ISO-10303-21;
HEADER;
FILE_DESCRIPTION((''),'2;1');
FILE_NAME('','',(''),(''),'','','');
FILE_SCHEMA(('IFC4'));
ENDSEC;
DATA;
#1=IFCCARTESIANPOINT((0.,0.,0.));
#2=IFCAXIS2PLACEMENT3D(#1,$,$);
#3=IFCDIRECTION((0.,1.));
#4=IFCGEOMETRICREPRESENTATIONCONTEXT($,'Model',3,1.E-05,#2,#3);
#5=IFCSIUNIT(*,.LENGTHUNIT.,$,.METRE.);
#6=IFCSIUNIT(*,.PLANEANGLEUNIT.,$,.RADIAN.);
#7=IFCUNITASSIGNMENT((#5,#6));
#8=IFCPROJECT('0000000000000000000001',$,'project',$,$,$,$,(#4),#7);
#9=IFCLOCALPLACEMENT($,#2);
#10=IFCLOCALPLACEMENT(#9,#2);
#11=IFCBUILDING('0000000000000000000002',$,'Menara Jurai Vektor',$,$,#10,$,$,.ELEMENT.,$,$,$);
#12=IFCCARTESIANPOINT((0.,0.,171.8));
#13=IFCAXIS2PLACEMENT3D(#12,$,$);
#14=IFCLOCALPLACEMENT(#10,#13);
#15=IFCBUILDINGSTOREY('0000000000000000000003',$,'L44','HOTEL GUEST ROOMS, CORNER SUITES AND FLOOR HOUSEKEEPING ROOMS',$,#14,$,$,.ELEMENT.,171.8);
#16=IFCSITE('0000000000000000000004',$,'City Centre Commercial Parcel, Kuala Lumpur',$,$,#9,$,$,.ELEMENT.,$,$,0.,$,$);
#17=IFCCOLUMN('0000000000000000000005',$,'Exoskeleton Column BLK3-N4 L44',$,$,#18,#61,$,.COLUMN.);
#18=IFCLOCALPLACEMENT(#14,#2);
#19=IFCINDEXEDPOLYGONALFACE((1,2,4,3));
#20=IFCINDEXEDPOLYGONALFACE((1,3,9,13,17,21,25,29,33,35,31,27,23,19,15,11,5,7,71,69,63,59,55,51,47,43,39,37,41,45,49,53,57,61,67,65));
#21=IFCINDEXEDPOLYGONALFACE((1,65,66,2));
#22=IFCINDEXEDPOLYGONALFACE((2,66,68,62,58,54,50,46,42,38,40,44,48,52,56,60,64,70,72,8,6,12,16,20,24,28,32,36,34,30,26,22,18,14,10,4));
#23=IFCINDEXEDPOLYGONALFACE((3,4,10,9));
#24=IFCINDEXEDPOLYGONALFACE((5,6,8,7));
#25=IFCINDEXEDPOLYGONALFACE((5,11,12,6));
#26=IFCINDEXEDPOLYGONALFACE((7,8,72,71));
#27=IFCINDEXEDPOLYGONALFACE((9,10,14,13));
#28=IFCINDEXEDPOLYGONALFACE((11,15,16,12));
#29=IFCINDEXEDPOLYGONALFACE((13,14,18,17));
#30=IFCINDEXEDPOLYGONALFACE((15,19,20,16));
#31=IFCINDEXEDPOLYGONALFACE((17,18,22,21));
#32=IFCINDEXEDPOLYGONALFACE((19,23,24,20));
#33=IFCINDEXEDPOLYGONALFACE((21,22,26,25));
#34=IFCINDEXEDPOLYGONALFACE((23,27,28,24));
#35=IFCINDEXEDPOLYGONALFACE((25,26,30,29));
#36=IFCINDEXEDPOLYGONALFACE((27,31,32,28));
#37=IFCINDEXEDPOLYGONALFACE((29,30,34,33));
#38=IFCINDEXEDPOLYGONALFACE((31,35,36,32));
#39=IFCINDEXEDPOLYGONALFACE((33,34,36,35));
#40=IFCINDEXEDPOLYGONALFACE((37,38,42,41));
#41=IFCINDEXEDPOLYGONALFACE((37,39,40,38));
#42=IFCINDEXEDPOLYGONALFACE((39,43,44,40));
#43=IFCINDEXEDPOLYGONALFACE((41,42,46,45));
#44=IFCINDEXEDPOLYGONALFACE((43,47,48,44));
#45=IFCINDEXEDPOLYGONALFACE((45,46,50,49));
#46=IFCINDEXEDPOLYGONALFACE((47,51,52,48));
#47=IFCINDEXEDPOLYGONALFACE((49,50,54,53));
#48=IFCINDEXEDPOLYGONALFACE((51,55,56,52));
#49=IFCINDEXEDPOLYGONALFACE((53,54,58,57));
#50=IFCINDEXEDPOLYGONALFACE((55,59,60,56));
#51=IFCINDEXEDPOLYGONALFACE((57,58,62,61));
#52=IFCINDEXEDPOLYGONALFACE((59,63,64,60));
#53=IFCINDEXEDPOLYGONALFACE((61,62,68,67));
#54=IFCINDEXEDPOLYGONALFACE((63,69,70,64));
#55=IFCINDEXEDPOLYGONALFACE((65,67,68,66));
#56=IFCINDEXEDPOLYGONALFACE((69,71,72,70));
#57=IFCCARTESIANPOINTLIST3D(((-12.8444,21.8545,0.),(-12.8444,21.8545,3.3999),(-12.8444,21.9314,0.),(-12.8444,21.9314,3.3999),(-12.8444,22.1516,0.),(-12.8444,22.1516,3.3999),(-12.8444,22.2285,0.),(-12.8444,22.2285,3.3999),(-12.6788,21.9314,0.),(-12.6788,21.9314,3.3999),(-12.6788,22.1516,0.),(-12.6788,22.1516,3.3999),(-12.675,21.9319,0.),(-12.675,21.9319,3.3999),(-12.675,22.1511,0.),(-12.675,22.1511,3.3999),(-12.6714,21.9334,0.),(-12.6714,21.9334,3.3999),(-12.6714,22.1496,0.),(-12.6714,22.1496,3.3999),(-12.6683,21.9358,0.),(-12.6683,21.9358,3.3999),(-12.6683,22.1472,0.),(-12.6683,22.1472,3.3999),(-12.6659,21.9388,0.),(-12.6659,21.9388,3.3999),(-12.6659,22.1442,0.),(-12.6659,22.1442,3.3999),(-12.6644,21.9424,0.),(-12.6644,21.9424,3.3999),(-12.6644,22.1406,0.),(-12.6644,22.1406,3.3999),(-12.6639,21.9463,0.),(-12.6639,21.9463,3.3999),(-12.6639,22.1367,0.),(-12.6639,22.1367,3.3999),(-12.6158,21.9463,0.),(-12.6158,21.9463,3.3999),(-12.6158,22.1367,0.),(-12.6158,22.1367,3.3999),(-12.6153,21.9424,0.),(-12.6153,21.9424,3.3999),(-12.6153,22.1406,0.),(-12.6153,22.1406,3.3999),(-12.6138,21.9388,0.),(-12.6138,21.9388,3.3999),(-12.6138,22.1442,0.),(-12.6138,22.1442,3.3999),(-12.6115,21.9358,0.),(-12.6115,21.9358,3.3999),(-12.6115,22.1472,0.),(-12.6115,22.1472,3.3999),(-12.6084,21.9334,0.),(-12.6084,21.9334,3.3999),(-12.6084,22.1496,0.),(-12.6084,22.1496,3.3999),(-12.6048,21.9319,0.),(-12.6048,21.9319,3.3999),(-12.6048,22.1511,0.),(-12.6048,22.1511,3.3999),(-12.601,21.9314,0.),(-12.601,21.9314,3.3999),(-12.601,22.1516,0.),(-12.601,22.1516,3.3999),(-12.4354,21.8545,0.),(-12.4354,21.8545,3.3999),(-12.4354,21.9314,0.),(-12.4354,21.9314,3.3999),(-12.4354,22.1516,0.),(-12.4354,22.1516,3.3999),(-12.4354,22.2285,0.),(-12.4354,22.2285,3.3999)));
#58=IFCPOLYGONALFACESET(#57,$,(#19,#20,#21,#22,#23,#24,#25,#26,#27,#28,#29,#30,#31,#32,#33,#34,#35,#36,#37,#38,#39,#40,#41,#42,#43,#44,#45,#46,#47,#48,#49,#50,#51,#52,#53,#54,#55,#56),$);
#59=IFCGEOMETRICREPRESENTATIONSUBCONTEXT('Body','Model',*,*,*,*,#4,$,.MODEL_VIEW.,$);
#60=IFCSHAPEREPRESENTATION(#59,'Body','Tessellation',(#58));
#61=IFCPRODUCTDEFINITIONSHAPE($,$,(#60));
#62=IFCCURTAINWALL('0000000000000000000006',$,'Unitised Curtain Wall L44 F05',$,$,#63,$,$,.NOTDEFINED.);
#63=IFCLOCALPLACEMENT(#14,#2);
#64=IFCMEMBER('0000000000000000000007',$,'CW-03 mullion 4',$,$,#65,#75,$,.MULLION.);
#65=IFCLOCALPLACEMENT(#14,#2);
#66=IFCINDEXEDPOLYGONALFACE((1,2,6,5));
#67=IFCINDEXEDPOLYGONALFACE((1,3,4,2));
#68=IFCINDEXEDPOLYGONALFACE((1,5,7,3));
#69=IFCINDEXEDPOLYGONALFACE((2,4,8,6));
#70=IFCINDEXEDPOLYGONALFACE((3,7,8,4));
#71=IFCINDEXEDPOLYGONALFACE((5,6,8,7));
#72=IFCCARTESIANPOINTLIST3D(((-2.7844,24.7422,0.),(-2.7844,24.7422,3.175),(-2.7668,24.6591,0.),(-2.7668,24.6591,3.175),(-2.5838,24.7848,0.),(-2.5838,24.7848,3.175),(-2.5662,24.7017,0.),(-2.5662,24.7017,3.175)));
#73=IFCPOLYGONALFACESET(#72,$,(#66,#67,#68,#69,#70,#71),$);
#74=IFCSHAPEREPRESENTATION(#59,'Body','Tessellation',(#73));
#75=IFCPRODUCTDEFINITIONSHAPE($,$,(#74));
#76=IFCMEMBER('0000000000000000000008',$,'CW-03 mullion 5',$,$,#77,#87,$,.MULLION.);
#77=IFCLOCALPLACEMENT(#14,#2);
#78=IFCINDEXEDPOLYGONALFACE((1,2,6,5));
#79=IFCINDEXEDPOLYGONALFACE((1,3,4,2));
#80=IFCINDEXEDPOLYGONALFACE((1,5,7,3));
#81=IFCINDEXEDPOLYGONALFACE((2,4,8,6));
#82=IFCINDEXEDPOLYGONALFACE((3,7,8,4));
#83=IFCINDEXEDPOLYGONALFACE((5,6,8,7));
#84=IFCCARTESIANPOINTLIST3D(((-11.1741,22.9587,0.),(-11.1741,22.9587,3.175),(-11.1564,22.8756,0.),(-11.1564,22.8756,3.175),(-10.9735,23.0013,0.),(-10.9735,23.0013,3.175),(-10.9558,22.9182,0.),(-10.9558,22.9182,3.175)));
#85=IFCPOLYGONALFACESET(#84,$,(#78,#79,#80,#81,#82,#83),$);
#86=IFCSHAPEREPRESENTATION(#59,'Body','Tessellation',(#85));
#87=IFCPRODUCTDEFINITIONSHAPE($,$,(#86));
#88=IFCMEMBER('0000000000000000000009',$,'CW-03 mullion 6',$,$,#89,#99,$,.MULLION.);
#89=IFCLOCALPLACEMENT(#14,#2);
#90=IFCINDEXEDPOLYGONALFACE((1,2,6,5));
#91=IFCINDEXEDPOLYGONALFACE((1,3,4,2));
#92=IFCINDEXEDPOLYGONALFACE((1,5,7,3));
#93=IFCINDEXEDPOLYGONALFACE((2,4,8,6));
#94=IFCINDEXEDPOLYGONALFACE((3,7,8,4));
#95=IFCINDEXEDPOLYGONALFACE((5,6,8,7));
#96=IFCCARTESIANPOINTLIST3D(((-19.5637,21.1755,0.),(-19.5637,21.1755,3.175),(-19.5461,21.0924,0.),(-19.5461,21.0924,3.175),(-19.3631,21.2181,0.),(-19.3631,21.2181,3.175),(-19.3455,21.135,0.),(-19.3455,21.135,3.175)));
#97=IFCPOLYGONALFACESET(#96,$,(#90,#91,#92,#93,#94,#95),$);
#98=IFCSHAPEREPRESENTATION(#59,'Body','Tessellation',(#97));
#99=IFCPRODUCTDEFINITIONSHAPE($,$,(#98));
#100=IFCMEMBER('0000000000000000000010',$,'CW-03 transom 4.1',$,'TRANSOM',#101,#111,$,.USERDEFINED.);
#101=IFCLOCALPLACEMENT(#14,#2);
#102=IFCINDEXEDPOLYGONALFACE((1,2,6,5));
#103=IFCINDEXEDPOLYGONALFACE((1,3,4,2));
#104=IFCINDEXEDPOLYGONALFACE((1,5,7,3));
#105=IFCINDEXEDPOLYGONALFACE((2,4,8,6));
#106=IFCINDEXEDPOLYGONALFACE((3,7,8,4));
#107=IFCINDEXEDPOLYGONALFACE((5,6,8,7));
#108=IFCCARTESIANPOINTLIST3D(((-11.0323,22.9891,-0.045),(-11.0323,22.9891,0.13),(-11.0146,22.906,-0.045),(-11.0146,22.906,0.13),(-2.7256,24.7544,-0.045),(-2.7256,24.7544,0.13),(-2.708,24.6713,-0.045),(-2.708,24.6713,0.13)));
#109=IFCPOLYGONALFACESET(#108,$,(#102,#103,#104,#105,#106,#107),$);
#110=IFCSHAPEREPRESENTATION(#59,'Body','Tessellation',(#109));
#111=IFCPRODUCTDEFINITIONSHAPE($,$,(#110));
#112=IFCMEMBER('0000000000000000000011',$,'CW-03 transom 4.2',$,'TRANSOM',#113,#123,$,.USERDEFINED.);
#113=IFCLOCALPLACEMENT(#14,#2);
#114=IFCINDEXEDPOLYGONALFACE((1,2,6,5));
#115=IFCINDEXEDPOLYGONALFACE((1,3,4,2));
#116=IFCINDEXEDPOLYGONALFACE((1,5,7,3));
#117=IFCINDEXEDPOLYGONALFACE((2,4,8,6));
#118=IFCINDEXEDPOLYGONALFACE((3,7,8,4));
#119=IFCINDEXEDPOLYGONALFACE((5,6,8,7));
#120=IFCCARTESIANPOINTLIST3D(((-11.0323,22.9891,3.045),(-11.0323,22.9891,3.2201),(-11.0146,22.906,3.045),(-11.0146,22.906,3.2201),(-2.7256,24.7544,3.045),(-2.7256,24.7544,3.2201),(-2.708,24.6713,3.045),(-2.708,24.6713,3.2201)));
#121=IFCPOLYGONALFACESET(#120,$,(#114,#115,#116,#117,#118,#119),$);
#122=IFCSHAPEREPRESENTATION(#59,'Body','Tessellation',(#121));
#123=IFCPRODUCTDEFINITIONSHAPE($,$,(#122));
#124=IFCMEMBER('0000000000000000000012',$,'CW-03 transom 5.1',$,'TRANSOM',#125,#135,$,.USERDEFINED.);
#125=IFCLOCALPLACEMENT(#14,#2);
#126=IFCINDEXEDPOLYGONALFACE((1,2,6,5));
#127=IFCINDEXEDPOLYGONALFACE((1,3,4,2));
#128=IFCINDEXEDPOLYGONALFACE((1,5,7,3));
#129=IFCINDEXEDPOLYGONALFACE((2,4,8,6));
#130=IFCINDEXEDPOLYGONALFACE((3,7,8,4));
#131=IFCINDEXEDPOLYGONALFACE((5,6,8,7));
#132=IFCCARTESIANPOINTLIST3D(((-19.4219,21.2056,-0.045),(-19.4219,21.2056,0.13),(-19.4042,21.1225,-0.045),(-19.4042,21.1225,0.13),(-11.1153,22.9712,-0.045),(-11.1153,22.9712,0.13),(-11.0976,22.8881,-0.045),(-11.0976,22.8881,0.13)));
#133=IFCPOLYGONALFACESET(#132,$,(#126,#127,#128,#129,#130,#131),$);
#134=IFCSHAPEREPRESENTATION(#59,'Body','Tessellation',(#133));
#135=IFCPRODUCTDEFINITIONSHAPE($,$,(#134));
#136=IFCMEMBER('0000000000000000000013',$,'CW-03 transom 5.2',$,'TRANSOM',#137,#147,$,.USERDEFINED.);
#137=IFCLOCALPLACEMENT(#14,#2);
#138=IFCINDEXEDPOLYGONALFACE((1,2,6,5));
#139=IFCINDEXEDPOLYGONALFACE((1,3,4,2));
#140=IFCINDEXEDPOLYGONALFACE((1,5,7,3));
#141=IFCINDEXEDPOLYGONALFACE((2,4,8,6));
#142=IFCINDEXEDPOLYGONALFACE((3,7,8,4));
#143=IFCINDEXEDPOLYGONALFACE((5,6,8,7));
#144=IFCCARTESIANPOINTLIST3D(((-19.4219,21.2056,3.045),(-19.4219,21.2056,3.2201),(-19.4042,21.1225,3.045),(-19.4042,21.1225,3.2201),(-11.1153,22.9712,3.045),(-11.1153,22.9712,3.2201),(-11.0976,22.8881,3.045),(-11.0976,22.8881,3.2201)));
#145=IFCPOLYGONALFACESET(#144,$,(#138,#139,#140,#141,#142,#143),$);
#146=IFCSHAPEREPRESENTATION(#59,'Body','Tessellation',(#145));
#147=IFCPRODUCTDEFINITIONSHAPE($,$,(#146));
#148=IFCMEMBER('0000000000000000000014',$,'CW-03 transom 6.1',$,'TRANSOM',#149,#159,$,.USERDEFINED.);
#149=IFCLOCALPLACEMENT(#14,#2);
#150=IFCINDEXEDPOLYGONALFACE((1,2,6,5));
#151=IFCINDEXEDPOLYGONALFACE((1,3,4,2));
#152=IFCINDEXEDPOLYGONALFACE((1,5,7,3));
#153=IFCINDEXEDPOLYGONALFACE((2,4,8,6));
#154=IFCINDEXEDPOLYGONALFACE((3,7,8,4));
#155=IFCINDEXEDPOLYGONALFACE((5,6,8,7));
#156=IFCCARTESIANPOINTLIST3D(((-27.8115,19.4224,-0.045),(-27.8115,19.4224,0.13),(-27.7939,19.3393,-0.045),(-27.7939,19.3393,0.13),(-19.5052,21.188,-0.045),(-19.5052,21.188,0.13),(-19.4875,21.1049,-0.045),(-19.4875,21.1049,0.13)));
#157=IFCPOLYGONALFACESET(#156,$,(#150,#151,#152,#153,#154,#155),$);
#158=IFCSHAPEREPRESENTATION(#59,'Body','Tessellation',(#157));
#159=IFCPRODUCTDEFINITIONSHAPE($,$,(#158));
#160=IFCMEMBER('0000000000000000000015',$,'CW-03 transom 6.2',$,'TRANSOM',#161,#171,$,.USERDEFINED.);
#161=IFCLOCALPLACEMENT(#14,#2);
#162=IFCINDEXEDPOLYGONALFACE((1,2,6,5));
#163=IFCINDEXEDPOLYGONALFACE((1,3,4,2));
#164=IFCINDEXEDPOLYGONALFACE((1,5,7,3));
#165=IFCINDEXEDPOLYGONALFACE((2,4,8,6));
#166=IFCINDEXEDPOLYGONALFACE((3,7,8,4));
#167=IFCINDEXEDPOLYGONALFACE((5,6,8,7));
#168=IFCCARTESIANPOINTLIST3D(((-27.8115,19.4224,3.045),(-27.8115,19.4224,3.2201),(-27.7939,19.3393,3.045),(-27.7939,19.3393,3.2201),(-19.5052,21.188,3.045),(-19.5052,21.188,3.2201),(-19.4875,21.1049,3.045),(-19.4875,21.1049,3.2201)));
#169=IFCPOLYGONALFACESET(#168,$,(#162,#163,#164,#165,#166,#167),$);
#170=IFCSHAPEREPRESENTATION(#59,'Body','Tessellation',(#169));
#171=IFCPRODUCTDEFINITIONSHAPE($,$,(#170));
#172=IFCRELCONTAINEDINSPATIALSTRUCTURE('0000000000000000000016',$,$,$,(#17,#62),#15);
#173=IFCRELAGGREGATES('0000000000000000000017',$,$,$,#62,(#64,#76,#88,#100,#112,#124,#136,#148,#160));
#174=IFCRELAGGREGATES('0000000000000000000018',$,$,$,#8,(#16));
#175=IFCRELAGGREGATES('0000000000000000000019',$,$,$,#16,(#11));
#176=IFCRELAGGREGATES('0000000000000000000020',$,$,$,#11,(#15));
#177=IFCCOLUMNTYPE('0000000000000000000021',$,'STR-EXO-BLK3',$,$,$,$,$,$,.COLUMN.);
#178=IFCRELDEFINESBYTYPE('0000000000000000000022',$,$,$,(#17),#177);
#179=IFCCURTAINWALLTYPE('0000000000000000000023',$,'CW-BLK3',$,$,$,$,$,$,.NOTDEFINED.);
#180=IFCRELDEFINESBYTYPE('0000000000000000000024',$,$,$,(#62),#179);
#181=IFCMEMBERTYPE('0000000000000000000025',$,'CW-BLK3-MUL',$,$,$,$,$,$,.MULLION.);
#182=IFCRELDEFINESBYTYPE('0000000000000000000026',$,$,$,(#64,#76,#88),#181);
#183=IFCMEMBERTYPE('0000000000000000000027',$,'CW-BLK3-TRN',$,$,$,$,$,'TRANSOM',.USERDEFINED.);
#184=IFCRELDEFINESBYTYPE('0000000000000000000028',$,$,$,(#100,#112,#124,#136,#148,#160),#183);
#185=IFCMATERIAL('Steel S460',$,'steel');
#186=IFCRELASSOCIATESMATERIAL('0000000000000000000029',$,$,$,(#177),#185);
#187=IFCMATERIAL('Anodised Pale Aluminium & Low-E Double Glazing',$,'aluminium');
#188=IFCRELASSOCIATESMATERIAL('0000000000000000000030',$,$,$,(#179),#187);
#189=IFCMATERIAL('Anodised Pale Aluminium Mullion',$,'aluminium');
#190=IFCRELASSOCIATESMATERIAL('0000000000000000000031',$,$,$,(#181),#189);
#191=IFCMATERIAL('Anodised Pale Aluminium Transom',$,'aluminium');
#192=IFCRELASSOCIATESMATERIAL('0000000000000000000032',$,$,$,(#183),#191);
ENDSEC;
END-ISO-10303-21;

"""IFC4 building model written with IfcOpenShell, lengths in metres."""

from ifc_helpers import new_model, si_unit, direction, frame, origin, origin_2d, place, context, subcontext, project, spatial, rectangle, i_section, extrude, material, material_profile, profile_set, type_object, element, aggregate, save


model = new_model("IFC4")

# Units and contexts
model_context = context("Model", 3, precision=1e-05, world=origin(), true_north=direction((0.0, 1.0)))
body_context = subcontext(model_context, "Body", "Model", "MODEL_VIEW")
ifc_project = project(units=[si_unit("LENGTHUNIT", "METRE"), si_unit("PLANEANGLEUNIT", "RADIAN")], contexts=[model_context])

# Site, building, storey
site_placement = place(None, origin())
site = spatial("IfcSite", under=ifc_project, at=site_placement, Name="City Centre Commercial Parcel, Kuala Lumpur", CompositionType="ELEMENT", RefElevation=0.0)
building_placement = place(site_placement, origin())
building = spatial("IfcBuilding", under=site, at=building_placement, Name="Menara Jurai Vektor", CompositionType="ELEMENT")
storey_placement = place(building_placement, frame((0.0, 0.0, 171.8)))
storey = spatial("IfcBuildingStorey", under=building, at=storey_placement, Name="L44", Description="HOTEL GUEST ROOMS, CORNER SUITES AND FLOOR HOUSEKEEPING ROOMS", CompositionType="ELEMENT", Elevation=171.8)

# Column
ifc_material_1 = material(Name="Steel S460", Category="steel")
ifc_material_profile_1 = material_profile(ifc_material_1, i_section(OverallWidth=0.4089, OverallDepth=0.374, WebThickness=0.0481, FlangeThickness=0.0769, FilletRadius=0.0149, at=origin_2d()), Name="HD 400x634")
ifc_profile_set_1 = profile_set([ifc_material_profile_1], Name="Steel S460")
column_type = type_object("IfcColumnType", Name="STR-EXO-BLK3", PredefinedType="COLUMN", material=ifc_profile_set_1)
column_placement = place(storey_placement, frame((-12.6399, 22.0415, 0.0), z_axis=(0.0, 0.0, 1.0), x_axis=(1.0, 0.0, 0.0)))
element("IfcColumn", 1, at=column_placement, inside=storey, type_object=column_type, Name="Exoskeleton Column BLK3-N4 L44", PredefinedType="COLUMN", context=body_context, shape_type="SweptSolid", body=[
    extrude(i_section(OverallWidth=0.4089, OverallDepth=0.374, WebThickness=0.0481, FlangeThickness=0.0769, FilletRadius=0.0149, at=origin_2d()), origin(), (0.0, 0.0, 1.0), 3.3999),
])

# Curtain wall, members
ifc_material_2 = material(Name="Anodised Pale Aluminium & Low-E Double Glazing", Category="aluminium")
curtain_wall_type = type_object("IfcCurtainWallType", Name="CW-BLK3", PredefinedType="NOTDEFINED", material=ifc_material_2)
curtain_wall_placement = place(storey_placement, origin())
curtain_wall = element("IfcCurtainWall", 2, at=curtain_wall_placement, inside=storey, type_object=curtain_wall_type, Name="Unitised Curtain Wall L44 F05", PredefinedType="NOTDEFINED")
ifc_material_3 = material(Name="Anodised Pale Aluminium Mullion", Category="aluminium")
ifc_material_profile_2 = material_profile(ifc_material_3, rectangle(XDim=0.085, YDim=0.2051, at=origin_2d()), Name="ALU MUL 85x205")
ifc_profile_set_2 = profile_set([ifc_material_profile_2], Name="Anodised Pale Aluminium Mullion")
member_type_1 = type_object("IfcMemberType", Name="CW-BLK3-MUL", PredefinedType="MULLION", material=ifc_profile_set_2)
member_1_placement = place(storey_placement, frame((-2.6753, 24.7219, 0.0), z_axis=(0.0, 0.0, 1.0), x_axis=(0.207911, -0.978148, 0.0)))
member_1 = element("IfcMember", 3, at=member_1_placement, type_object=member_type_1, Name="CW-03 mullion 4", PredefinedType="MULLION", context=body_context, shape_type="SweptSolid", body=[
    extrude(rectangle(XDim=0.085, YDim=0.2051, at=origin_2d()), origin(), (0.0, 0.0, 1.0), 3.175),
])
member_2_placement = place(storey_placement, frame((-11.0649, 22.9385, 0.0), z_axis=(0.0, 0.0, 1.0), x_axis=(0.207911, -0.978148, 0.0)))
member_2 = element("IfcMember", 4, at=member_2_placement, type_object=member_type_1, Name="CW-03 mullion 5", PredefinedType="MULLION", context=body_context, shape_type="SweptSolid", body=[
    extrude(rectangle(XDim=0.085, YDim=0.2051, at=origin_2d()), origin(), (0.0, 0.0, 1.0), 3.175),
])
member_3_placement = place(storey_placement, frame((-19.4546, 21.1553, 0.0), z_axis=(0.0, 0.0, 1.0), x_axis=(0.207911, -0.978148, 0.0)))
member_3 = element("IfcMember", 5, at=member_3_placement, type_object=member_type_1, Name="CW-03 mullion 6", PredefinedType="MULLION", context=body_context, shape_type="SweptSolid", body=[
    extrude(rectangle(XDim=0.085, YDim=0.2051, at=origin_2d()), origin(), (0.0, 0.0, 1.0), 3.175),
])
ifc_material_4 = material(Name="Anodised Pale Aluminium Transom", Category="aluminium")
ifc_material_profile_3 = material_profile(ifc_material_4, rectangle(XDim=0.085, YDim=0.175, at=origin_2d()), Name="ALU TRN 85x175")
ifc_profile_set_3 = profile_set([ifc_material_profile_3], Name="Anodised Pale Aluminium Transom")
member_type_2 = type_object("IfcMemberType", Name="CW-BLK3-TRN", ElementType="TRANSOM", PredefinedType="USERDEFINED", material=ifc_profile_set_3)
member_4_placement = place(storey_placement, frame((-2.7168, 24.7129, 0.0425), z_axis=(-0.978154, -0.207884, 0.0), x_axis=(0.207884, -0.978154, 0.0)))
member_4 = element("IfcMember", 6, at=member_4_placement, type_object=member_type_2, Name="CW-03 transom 4.1", ObjectType="TRANSOM", PredefinedType="USERDEFINED", context=body_context, shape_type="SweptSolid", body=[
    extrude(rectangle(XDim=0.085, YDim=0.175, at=origin_2d()), origin(), (0.0, 0.0, 1.0), 8.4922),
])
member_5_placement = place(storey_placement, frame((-2.7168, 24.7129, 3.1326), z_axis=(-0.978154, -0.207884, 0.0), x_axis=(0.207884, -0.978154, 0.0)))
member_5 = element("IfcMember", 7, at=member_5_placement, type_object=member_type_2, Name="CW-03 transom 4.2", ObjectType="TRANSOM", PredefinedType="USERDEFINED", context=body_context, shape_type="SweptSolid", body=[
    extrude(rectangle(XDim=0.085, YDim=0.175, at=origin_2d()), origin(), (0.0, 0.0, 1.0), 8.4922),
])
member_6_placement = place(storey_placement, frame((-11.1064, 22.9297, 0.0425), z_axis=(-0.978148, -0.207911, 0.0), x_axis=(0.207911, -0.978148, 0.0)))
member_6 = element("IfcMember", 8, at=member_6_placement, type_object=member_type_2, Name="CW-03 transom 5.1", ObjectType="TRANSOM", PredefinedType="USERDEFINED", context=body_context, shape_type="SweptSolid", body=[
    extrude(rectangle(XDim=0.085, YDim=0.175, at=origin_2d()), origin(), (0.0, 0.0, 1.0), 8.4922),
])
member_7_placement = place(storey_placement, frame((-11.1064, 22.9297, 3.1326), z_axis=(-0.978148, -0.207911, 0.0), x_axis=(0.207911, -0.978148, 0.0)))
member_7 = element("IfcMember", 9, at=member_7_placement, type_object=member_type_2, Name="CW-03 transom 5.2", ObjectType="TRANSOM", PredefinedType="USERDEFINED", context=body_context, shape_type="SweptSolid", body=[
    extrude(rectangle(XDim=0.085, YDim=0.175, at=origin_2d()), origin(), (0.0, 0.0, 1.0), 8.4922),
])
member_8_placement = place(storey_placement, frame((-19.4963, 21.1465, 0.0425), z_axis=(-0.978147, -0.207917, 0.0), x_axis=(0.207917, -0.978147, 0.0)))
member_8 = element("IfcMember", 10, at=member_8_placement, type_object=member_type_2, Name="CW-03 transom 6.1", ObjectType="TRANSOM", PredefinedType="USERDEFINED", context=body_context, shape_type="SweptSolid", body=[
    extrude(rectangle(XDim=0.085, YDim=0.175, at=origin_2d()), origin(), (0.0, 0.0, 1.0), 8.4919),
])
member_9_placement = place(storey_placement, frame((-19.4963, 21.1465, 3.1326), z_axis=(-0.978147, -0.207917, 0.0), x_axis=(0.207917, -0.978147, 0.0)))
member_9 = element("IfcMember", 11, at=member_9_placement, type_object=member_type_2, Name="CW-03 transom 6.2", ObjectType="TRANSOM", PredefinedType="USERDEFINED", context=body_context, shape_type="SweptSolid", body=[
    extrude(rectangle(XDim=0.085, YDim=0.175, at=origin_2d()), origin(), (0.0, 0.0, 1.0), 8.4919),
])

aggregate(curtain_wall, [member_1, member_2, member_3, member_4, member_5, member_6, member_7, member_8, member_9])

save(model, "model.ifc")
